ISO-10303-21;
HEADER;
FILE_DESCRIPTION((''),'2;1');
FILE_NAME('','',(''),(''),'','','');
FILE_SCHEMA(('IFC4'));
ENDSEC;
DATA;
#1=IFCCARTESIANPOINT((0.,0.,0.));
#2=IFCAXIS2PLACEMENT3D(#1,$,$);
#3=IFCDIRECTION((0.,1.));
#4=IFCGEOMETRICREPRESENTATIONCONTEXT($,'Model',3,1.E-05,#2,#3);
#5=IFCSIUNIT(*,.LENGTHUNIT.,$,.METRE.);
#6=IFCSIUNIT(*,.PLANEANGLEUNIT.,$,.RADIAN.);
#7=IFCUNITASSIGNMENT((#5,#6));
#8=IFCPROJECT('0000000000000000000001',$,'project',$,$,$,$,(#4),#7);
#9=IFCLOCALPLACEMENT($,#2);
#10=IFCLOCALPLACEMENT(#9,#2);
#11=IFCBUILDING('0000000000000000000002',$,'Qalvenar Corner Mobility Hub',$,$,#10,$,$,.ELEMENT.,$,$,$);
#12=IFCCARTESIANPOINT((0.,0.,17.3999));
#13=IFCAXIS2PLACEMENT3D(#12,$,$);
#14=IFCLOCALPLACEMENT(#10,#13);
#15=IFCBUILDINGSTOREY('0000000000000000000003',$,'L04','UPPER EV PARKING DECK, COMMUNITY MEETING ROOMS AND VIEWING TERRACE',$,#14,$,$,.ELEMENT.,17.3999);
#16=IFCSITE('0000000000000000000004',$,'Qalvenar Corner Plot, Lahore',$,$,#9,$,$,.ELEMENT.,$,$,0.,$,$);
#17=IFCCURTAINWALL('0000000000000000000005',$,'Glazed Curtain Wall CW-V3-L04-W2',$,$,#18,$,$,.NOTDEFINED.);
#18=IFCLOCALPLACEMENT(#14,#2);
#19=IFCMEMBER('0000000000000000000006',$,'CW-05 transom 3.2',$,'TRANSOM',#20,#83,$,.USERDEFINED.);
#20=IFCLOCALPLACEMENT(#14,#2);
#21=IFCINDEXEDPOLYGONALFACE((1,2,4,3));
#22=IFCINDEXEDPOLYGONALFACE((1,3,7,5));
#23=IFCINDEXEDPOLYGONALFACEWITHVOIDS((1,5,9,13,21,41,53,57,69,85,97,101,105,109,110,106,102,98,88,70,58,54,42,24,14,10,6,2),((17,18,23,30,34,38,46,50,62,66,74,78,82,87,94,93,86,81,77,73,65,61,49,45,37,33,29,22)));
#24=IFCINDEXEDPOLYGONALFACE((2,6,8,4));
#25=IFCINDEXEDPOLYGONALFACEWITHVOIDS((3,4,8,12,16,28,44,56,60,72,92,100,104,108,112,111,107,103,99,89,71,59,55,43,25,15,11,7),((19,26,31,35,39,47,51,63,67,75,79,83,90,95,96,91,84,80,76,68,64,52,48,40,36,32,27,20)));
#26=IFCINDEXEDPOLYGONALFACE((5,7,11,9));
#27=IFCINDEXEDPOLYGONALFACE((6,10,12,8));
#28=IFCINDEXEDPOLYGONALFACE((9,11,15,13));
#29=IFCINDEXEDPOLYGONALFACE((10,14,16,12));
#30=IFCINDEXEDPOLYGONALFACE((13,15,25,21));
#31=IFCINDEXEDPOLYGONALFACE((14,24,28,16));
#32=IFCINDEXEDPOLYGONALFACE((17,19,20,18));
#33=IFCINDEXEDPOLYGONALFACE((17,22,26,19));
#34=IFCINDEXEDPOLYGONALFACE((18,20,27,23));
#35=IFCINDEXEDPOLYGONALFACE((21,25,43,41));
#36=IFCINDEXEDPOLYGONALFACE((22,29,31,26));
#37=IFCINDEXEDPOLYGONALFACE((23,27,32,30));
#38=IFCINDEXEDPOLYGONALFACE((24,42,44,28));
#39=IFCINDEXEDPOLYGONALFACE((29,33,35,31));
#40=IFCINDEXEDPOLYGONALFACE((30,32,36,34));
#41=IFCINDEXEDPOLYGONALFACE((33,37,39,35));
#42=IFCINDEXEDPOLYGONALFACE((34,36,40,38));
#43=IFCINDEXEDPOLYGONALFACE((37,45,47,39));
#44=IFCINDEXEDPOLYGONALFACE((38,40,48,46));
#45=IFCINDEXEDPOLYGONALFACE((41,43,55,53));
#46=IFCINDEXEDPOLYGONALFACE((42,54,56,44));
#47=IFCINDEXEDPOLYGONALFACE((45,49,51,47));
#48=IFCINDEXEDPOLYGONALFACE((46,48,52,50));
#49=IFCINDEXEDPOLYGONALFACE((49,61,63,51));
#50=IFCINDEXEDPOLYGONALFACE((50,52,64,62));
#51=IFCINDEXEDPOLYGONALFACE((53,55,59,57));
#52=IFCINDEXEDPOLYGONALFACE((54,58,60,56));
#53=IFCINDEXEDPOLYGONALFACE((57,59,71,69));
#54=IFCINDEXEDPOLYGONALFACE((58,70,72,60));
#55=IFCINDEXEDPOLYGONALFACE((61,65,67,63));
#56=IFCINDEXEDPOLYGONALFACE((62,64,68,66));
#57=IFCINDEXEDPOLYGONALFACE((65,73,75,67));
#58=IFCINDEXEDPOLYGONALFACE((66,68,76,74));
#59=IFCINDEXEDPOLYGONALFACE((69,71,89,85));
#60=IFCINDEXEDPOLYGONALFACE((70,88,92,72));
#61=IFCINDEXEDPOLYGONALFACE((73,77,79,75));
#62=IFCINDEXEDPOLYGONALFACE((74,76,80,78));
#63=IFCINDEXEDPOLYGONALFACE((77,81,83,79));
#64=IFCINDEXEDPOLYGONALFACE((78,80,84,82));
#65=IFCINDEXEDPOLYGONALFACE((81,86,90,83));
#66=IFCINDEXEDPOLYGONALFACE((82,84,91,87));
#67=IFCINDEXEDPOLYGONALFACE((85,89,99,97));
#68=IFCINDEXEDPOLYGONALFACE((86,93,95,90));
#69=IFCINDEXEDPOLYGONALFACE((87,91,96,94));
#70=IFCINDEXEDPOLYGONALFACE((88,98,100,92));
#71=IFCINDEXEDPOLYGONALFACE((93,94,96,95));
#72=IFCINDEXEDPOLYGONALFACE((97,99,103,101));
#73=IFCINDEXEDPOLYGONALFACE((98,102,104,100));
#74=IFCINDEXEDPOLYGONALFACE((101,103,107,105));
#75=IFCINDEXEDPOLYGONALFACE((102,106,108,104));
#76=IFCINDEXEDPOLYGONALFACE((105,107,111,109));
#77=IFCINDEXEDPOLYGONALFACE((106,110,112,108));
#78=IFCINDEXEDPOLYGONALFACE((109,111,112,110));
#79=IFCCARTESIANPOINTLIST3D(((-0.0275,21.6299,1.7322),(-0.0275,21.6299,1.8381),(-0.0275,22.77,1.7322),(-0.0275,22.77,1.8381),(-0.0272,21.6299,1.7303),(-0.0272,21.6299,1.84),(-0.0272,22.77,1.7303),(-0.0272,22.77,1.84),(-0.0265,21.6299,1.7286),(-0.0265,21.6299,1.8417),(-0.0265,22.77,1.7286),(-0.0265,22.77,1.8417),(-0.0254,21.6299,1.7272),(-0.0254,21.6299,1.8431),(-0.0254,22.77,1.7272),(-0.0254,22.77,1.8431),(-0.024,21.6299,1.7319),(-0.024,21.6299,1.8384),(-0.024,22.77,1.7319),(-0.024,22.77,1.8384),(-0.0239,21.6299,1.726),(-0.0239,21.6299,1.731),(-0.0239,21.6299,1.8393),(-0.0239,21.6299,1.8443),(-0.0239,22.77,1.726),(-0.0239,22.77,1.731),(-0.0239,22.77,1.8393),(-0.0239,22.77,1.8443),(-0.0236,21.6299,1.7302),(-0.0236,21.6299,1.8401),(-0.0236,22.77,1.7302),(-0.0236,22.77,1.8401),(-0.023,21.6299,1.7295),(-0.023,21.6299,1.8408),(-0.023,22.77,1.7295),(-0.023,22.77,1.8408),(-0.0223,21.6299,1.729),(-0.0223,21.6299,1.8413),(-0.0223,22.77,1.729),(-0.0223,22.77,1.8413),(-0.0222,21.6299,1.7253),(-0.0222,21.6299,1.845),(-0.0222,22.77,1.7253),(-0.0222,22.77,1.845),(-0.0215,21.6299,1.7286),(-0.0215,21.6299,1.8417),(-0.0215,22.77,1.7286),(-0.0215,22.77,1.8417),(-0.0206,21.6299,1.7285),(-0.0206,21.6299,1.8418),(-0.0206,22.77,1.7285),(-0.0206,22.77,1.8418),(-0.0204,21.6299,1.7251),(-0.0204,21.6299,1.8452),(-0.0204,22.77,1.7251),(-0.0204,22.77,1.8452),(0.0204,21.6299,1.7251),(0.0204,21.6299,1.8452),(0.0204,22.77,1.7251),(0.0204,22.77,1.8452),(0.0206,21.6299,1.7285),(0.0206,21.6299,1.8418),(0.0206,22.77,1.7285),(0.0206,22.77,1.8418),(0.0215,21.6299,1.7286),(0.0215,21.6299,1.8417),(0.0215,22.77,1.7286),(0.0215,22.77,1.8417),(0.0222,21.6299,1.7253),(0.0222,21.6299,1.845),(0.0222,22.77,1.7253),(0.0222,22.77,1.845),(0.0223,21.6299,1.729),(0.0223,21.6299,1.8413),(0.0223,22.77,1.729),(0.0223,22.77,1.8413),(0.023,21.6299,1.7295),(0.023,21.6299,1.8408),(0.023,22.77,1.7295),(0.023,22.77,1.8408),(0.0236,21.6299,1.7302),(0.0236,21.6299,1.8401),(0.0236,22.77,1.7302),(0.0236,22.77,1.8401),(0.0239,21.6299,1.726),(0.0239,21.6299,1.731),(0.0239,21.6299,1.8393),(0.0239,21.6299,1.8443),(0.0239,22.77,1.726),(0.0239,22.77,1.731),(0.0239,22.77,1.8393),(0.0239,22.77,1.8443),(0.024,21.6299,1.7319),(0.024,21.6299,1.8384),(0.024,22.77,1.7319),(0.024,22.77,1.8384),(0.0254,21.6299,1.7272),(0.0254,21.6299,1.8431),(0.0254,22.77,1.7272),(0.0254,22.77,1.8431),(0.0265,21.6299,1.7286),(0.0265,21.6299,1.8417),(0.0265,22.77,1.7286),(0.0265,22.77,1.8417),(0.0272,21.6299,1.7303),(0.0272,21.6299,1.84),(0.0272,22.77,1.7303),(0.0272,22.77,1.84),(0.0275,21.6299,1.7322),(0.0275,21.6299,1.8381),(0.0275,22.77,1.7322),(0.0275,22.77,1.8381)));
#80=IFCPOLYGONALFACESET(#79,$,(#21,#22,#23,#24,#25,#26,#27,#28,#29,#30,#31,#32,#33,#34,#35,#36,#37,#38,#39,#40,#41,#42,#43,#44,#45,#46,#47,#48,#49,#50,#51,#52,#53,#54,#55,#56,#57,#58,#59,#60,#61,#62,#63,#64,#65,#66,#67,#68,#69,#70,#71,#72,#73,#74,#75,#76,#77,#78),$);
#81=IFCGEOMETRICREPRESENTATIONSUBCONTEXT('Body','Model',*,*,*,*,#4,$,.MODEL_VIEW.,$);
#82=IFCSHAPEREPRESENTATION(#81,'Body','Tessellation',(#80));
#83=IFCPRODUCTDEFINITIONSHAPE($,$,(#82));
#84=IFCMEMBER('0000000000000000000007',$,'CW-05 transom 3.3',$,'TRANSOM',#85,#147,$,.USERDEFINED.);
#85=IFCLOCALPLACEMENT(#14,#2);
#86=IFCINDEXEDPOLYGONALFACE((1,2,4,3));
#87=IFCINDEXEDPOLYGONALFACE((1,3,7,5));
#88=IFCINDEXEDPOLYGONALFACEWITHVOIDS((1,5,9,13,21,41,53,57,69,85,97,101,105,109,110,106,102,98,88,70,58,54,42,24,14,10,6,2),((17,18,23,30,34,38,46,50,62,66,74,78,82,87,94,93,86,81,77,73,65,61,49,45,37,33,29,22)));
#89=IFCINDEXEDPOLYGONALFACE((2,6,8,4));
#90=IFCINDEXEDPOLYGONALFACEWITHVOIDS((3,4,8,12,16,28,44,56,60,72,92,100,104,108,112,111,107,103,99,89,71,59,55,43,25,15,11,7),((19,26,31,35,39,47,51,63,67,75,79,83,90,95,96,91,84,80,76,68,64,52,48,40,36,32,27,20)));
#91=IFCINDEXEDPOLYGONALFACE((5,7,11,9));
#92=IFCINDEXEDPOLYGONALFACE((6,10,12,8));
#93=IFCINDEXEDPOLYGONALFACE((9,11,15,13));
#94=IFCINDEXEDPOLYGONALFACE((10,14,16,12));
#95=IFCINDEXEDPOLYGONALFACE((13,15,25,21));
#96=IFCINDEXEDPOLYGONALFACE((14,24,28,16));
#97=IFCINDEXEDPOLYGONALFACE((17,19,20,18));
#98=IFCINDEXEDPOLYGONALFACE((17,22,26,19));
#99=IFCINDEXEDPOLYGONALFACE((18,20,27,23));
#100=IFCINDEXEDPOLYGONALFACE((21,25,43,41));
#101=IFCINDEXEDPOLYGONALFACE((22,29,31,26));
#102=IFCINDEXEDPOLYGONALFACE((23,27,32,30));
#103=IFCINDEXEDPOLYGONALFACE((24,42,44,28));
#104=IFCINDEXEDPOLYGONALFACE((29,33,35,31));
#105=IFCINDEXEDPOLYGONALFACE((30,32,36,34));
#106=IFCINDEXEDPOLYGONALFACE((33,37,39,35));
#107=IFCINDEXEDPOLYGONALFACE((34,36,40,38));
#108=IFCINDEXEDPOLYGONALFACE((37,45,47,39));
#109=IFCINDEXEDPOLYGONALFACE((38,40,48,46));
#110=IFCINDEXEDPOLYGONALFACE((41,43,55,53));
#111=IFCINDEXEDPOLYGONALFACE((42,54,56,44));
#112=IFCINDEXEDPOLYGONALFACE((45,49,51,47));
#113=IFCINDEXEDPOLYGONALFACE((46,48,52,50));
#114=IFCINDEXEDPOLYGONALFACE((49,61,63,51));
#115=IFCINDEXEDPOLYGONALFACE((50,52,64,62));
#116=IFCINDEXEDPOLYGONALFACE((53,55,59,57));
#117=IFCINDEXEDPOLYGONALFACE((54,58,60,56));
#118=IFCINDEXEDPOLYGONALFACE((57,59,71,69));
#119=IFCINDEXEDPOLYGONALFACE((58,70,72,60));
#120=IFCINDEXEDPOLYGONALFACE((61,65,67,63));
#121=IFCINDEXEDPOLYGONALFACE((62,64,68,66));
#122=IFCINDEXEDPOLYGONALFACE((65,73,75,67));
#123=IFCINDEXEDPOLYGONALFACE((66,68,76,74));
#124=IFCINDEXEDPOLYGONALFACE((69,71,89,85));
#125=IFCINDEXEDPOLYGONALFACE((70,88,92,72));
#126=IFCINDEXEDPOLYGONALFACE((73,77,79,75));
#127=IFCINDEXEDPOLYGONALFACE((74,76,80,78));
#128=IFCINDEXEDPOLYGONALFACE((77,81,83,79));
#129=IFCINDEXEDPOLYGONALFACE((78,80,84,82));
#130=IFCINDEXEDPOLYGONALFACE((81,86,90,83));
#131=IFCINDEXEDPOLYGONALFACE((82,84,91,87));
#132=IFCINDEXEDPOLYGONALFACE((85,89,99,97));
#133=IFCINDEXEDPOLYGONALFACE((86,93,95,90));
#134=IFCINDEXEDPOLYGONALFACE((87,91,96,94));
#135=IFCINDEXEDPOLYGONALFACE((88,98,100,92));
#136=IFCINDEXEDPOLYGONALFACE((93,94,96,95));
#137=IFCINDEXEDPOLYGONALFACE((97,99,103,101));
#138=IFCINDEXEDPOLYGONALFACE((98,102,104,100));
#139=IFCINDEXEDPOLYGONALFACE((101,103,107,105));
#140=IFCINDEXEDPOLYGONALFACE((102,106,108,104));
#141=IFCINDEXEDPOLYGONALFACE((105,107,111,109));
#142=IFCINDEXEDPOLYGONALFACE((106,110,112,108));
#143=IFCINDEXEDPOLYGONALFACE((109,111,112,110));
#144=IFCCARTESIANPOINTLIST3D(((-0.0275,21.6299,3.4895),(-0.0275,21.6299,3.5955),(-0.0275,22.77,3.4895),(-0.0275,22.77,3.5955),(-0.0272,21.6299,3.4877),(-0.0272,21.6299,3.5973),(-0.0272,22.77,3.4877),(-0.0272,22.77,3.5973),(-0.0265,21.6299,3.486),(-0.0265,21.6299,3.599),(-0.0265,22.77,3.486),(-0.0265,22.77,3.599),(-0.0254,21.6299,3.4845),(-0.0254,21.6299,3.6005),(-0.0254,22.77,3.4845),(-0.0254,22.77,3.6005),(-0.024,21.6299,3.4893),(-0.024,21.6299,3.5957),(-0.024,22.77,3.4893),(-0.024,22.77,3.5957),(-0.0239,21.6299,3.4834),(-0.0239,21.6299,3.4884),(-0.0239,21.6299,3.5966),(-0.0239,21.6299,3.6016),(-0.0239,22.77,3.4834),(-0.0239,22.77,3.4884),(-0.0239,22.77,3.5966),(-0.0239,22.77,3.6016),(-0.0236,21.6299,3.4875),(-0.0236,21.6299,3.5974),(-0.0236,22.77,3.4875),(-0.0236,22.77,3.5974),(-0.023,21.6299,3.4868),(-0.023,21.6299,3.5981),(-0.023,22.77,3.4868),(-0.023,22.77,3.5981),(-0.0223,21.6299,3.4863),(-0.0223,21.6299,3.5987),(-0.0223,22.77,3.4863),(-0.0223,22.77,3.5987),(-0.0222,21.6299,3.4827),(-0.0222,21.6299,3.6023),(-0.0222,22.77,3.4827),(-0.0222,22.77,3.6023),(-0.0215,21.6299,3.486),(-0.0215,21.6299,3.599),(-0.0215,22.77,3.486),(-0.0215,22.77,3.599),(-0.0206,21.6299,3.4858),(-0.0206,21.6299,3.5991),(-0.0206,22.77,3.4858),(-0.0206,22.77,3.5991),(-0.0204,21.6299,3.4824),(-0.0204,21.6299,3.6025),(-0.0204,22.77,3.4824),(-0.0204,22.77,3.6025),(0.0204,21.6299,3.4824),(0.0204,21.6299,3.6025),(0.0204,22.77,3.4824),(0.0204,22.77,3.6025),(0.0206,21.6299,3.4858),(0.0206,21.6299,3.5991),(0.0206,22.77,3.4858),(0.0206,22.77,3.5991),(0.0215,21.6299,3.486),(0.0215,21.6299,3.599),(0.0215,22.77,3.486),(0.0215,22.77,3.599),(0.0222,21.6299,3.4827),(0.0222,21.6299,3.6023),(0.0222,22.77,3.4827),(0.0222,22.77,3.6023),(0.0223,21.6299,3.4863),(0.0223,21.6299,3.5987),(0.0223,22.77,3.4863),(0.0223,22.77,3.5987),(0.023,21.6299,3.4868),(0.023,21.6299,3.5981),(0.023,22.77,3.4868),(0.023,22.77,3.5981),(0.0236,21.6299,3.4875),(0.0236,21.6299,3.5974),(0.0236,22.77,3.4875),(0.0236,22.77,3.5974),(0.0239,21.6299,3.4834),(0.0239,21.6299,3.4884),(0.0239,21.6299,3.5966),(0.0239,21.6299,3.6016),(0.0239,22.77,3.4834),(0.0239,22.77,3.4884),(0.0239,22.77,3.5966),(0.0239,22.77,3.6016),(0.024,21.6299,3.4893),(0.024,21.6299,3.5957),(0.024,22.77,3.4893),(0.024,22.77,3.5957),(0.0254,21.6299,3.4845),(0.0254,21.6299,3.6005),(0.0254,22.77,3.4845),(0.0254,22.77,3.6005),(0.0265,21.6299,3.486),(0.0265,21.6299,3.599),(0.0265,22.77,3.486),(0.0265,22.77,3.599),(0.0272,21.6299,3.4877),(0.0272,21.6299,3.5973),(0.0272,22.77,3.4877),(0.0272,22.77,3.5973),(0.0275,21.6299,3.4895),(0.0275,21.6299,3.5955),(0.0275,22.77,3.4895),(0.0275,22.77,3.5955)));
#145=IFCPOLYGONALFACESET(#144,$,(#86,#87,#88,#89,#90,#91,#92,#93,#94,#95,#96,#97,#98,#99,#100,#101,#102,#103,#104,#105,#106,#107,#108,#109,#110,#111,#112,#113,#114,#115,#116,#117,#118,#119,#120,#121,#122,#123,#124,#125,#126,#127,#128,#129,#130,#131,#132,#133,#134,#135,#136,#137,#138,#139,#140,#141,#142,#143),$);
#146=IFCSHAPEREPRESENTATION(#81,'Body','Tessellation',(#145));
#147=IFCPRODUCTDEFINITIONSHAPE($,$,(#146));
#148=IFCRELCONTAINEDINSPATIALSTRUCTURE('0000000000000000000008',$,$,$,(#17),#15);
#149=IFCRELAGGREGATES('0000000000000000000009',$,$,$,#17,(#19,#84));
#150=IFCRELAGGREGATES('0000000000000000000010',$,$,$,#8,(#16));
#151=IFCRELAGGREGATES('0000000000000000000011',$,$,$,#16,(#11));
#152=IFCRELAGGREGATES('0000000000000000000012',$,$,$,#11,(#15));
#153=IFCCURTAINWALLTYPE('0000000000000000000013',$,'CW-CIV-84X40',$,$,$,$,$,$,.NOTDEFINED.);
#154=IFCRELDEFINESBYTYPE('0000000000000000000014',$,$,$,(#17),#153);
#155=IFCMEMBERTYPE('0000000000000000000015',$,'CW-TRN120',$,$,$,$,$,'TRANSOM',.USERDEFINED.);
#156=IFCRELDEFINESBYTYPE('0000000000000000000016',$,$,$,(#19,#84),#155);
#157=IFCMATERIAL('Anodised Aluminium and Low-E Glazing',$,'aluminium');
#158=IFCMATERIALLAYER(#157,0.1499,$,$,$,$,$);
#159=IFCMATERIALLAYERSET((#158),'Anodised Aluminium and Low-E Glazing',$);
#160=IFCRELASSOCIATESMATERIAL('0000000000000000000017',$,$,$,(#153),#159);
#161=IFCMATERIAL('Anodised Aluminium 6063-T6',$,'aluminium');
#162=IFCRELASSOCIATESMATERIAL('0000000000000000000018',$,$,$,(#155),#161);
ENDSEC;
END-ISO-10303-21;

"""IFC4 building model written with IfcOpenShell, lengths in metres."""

from ifc_helpers import new_model, si_unit, direction, frame, origin, origin_2d, place, context, subcontext, project, spatial, hollow_rectangle, extrude, material, layer, layer_set, material_profile, profile_set, type_object, element, aggregate, save


model = new_model("IFC4")

# Units and contexts
model_context = context("Model", 3, precision=1e-05, world=origin(), true_north=direction((0.0, 1.0)))
body_context = subcontext(model_context, "Body", "Model", "MODEL_VIEW")
ifc_project = project(units=[si_unit("LENGTHUNIT", "METRE"), si_unit("PLANEANGLEUNIT", "RADIAN")], contexts=[model_context])

# Site, building, storey
site_placement = place(None, origin())
site = spatial("IfcSite", under=ifc_project, at=site_placement, Name="Qalvenar Corner Plot, Lahore", CompositionType="ELEMENT", RefElevation=0.0)
building_placement = place(site_placement, origin())
building = spatial("IfcBuilding", under=site, at=building_placement, Name="Qalvenar Corner Mobility Hub", CompositionType="ELEMENT")
storey_placement = place(building_placement, frame((0.0, 0.0, 17.3999)))
storey = spatial("IfcBuildingStorey", under=building, at=storey_placement, Name="L04", Description="UPPER EV PARKING DECK, COMMUNITY MEETING ROOMS AND VIEWING TERRACE", CompositionType="ELEMENT", Elevation=17.3999)

# Curtain wall, members
ifc_material_1 = material(Name="Anodised Aluminium and Low-E Glazing", Category="aluminium")
ifc_layer_1 = layer(ifc_material_1, 0.1499)
ifc_layer_set_1 = layer_set([ifc_layer_1], Name="Anodised Aluminium and Low-E Glazing")
curtain_wall_type = type_object("IfcCurtainWallType", Name="CW-CIV-84X40", PredefinedType="NOTDEFINED", material=ifc_layer_set_1)
curtain_wall_placement = place(storey_placement, origin())
curtain_wall = element("IfcCurtainWall", 1, at=curtain_wall_placement, inside=storey, type_object=curtain_wall_type, Name="Glazed Curtain Wall CW-V3-L04-W2", PredefinedType="NOTDEFINED")
ifc_material_2 = material(Name="Anodised Aluminium 6063-T6", Category="aluminium")
ifc_material_profile_1 = material_profile(ifc_material_2, hollow_rectangle(XDim=0.0549, YDim=0.1201, WallThickness=0.0034, InnerFilletRadius=0.0034, OuterFilletRadius=0.0071, at=origin_2d()), Name="RHS120x55x3.5")
ifc_profile_set_1 = profile_set([ifc_material_profile_1], Name="Anodised Aluminium 6063-T6")
member_type_1 = type_object("IfcMemberType", Name="CW-TRN120", ElementType="TRANSOM", PredefinedType="USERDEFINED", material=ifc_profile_set_1)
member_1_placement = place(storey_placement, frame((0.0, 22.77, 1.7852), z_axis=(0.0, -1.0, 0.0), x_axis=(1.0, 0.0, 0.0)))
member_1 = element("IfcMember", 2, at=member_1_placement, type_object=member_type_1, Name="CW-05 transom 3.2", ObjectType="TRANSOM", PredefinedType="USERDEFINED", context=body_context, shape_type="SweptSolid", body=[
    extrude(hollow_rectangle(XDim=0.0549, YDim=0.1201, WallThickness=0.0034, InnerFilletRadius=0.0034, OuterFilletRadius=0.0071, at=origin_2d()), origin(), (0.0, 0.0, 1.0), 1.1401),
])
member_2_placement = place(storey_placement, frame((0.0, 22.77, 3.5425), z_axis=(0.0, -1.0, 0.0), x_axis=(1.0, 0.0, 0.0)))
member_2 = element("IfcMember", 3, at=member_2_placement, type_object=member_type_1, Name="CW-05 transom 3.3", ObjectType="TRANSOM", PredefinedType="USERDEFINED", context=body_context, shape_type="SweptSolid", body=[
    extrude(hollow_rectangle(XDim=0.0549, YDim=0.1201, WallThickness=0.0034, InnerFilletRadius=0.0034, OuterFilletRadius=0.0071, at=origin_2d()), origin(), (0.0, 0.0, 1.0), 1.1401),
])
aggregate(curtain_wall, [member_1, member_2])

save(model, "model.ifc")
